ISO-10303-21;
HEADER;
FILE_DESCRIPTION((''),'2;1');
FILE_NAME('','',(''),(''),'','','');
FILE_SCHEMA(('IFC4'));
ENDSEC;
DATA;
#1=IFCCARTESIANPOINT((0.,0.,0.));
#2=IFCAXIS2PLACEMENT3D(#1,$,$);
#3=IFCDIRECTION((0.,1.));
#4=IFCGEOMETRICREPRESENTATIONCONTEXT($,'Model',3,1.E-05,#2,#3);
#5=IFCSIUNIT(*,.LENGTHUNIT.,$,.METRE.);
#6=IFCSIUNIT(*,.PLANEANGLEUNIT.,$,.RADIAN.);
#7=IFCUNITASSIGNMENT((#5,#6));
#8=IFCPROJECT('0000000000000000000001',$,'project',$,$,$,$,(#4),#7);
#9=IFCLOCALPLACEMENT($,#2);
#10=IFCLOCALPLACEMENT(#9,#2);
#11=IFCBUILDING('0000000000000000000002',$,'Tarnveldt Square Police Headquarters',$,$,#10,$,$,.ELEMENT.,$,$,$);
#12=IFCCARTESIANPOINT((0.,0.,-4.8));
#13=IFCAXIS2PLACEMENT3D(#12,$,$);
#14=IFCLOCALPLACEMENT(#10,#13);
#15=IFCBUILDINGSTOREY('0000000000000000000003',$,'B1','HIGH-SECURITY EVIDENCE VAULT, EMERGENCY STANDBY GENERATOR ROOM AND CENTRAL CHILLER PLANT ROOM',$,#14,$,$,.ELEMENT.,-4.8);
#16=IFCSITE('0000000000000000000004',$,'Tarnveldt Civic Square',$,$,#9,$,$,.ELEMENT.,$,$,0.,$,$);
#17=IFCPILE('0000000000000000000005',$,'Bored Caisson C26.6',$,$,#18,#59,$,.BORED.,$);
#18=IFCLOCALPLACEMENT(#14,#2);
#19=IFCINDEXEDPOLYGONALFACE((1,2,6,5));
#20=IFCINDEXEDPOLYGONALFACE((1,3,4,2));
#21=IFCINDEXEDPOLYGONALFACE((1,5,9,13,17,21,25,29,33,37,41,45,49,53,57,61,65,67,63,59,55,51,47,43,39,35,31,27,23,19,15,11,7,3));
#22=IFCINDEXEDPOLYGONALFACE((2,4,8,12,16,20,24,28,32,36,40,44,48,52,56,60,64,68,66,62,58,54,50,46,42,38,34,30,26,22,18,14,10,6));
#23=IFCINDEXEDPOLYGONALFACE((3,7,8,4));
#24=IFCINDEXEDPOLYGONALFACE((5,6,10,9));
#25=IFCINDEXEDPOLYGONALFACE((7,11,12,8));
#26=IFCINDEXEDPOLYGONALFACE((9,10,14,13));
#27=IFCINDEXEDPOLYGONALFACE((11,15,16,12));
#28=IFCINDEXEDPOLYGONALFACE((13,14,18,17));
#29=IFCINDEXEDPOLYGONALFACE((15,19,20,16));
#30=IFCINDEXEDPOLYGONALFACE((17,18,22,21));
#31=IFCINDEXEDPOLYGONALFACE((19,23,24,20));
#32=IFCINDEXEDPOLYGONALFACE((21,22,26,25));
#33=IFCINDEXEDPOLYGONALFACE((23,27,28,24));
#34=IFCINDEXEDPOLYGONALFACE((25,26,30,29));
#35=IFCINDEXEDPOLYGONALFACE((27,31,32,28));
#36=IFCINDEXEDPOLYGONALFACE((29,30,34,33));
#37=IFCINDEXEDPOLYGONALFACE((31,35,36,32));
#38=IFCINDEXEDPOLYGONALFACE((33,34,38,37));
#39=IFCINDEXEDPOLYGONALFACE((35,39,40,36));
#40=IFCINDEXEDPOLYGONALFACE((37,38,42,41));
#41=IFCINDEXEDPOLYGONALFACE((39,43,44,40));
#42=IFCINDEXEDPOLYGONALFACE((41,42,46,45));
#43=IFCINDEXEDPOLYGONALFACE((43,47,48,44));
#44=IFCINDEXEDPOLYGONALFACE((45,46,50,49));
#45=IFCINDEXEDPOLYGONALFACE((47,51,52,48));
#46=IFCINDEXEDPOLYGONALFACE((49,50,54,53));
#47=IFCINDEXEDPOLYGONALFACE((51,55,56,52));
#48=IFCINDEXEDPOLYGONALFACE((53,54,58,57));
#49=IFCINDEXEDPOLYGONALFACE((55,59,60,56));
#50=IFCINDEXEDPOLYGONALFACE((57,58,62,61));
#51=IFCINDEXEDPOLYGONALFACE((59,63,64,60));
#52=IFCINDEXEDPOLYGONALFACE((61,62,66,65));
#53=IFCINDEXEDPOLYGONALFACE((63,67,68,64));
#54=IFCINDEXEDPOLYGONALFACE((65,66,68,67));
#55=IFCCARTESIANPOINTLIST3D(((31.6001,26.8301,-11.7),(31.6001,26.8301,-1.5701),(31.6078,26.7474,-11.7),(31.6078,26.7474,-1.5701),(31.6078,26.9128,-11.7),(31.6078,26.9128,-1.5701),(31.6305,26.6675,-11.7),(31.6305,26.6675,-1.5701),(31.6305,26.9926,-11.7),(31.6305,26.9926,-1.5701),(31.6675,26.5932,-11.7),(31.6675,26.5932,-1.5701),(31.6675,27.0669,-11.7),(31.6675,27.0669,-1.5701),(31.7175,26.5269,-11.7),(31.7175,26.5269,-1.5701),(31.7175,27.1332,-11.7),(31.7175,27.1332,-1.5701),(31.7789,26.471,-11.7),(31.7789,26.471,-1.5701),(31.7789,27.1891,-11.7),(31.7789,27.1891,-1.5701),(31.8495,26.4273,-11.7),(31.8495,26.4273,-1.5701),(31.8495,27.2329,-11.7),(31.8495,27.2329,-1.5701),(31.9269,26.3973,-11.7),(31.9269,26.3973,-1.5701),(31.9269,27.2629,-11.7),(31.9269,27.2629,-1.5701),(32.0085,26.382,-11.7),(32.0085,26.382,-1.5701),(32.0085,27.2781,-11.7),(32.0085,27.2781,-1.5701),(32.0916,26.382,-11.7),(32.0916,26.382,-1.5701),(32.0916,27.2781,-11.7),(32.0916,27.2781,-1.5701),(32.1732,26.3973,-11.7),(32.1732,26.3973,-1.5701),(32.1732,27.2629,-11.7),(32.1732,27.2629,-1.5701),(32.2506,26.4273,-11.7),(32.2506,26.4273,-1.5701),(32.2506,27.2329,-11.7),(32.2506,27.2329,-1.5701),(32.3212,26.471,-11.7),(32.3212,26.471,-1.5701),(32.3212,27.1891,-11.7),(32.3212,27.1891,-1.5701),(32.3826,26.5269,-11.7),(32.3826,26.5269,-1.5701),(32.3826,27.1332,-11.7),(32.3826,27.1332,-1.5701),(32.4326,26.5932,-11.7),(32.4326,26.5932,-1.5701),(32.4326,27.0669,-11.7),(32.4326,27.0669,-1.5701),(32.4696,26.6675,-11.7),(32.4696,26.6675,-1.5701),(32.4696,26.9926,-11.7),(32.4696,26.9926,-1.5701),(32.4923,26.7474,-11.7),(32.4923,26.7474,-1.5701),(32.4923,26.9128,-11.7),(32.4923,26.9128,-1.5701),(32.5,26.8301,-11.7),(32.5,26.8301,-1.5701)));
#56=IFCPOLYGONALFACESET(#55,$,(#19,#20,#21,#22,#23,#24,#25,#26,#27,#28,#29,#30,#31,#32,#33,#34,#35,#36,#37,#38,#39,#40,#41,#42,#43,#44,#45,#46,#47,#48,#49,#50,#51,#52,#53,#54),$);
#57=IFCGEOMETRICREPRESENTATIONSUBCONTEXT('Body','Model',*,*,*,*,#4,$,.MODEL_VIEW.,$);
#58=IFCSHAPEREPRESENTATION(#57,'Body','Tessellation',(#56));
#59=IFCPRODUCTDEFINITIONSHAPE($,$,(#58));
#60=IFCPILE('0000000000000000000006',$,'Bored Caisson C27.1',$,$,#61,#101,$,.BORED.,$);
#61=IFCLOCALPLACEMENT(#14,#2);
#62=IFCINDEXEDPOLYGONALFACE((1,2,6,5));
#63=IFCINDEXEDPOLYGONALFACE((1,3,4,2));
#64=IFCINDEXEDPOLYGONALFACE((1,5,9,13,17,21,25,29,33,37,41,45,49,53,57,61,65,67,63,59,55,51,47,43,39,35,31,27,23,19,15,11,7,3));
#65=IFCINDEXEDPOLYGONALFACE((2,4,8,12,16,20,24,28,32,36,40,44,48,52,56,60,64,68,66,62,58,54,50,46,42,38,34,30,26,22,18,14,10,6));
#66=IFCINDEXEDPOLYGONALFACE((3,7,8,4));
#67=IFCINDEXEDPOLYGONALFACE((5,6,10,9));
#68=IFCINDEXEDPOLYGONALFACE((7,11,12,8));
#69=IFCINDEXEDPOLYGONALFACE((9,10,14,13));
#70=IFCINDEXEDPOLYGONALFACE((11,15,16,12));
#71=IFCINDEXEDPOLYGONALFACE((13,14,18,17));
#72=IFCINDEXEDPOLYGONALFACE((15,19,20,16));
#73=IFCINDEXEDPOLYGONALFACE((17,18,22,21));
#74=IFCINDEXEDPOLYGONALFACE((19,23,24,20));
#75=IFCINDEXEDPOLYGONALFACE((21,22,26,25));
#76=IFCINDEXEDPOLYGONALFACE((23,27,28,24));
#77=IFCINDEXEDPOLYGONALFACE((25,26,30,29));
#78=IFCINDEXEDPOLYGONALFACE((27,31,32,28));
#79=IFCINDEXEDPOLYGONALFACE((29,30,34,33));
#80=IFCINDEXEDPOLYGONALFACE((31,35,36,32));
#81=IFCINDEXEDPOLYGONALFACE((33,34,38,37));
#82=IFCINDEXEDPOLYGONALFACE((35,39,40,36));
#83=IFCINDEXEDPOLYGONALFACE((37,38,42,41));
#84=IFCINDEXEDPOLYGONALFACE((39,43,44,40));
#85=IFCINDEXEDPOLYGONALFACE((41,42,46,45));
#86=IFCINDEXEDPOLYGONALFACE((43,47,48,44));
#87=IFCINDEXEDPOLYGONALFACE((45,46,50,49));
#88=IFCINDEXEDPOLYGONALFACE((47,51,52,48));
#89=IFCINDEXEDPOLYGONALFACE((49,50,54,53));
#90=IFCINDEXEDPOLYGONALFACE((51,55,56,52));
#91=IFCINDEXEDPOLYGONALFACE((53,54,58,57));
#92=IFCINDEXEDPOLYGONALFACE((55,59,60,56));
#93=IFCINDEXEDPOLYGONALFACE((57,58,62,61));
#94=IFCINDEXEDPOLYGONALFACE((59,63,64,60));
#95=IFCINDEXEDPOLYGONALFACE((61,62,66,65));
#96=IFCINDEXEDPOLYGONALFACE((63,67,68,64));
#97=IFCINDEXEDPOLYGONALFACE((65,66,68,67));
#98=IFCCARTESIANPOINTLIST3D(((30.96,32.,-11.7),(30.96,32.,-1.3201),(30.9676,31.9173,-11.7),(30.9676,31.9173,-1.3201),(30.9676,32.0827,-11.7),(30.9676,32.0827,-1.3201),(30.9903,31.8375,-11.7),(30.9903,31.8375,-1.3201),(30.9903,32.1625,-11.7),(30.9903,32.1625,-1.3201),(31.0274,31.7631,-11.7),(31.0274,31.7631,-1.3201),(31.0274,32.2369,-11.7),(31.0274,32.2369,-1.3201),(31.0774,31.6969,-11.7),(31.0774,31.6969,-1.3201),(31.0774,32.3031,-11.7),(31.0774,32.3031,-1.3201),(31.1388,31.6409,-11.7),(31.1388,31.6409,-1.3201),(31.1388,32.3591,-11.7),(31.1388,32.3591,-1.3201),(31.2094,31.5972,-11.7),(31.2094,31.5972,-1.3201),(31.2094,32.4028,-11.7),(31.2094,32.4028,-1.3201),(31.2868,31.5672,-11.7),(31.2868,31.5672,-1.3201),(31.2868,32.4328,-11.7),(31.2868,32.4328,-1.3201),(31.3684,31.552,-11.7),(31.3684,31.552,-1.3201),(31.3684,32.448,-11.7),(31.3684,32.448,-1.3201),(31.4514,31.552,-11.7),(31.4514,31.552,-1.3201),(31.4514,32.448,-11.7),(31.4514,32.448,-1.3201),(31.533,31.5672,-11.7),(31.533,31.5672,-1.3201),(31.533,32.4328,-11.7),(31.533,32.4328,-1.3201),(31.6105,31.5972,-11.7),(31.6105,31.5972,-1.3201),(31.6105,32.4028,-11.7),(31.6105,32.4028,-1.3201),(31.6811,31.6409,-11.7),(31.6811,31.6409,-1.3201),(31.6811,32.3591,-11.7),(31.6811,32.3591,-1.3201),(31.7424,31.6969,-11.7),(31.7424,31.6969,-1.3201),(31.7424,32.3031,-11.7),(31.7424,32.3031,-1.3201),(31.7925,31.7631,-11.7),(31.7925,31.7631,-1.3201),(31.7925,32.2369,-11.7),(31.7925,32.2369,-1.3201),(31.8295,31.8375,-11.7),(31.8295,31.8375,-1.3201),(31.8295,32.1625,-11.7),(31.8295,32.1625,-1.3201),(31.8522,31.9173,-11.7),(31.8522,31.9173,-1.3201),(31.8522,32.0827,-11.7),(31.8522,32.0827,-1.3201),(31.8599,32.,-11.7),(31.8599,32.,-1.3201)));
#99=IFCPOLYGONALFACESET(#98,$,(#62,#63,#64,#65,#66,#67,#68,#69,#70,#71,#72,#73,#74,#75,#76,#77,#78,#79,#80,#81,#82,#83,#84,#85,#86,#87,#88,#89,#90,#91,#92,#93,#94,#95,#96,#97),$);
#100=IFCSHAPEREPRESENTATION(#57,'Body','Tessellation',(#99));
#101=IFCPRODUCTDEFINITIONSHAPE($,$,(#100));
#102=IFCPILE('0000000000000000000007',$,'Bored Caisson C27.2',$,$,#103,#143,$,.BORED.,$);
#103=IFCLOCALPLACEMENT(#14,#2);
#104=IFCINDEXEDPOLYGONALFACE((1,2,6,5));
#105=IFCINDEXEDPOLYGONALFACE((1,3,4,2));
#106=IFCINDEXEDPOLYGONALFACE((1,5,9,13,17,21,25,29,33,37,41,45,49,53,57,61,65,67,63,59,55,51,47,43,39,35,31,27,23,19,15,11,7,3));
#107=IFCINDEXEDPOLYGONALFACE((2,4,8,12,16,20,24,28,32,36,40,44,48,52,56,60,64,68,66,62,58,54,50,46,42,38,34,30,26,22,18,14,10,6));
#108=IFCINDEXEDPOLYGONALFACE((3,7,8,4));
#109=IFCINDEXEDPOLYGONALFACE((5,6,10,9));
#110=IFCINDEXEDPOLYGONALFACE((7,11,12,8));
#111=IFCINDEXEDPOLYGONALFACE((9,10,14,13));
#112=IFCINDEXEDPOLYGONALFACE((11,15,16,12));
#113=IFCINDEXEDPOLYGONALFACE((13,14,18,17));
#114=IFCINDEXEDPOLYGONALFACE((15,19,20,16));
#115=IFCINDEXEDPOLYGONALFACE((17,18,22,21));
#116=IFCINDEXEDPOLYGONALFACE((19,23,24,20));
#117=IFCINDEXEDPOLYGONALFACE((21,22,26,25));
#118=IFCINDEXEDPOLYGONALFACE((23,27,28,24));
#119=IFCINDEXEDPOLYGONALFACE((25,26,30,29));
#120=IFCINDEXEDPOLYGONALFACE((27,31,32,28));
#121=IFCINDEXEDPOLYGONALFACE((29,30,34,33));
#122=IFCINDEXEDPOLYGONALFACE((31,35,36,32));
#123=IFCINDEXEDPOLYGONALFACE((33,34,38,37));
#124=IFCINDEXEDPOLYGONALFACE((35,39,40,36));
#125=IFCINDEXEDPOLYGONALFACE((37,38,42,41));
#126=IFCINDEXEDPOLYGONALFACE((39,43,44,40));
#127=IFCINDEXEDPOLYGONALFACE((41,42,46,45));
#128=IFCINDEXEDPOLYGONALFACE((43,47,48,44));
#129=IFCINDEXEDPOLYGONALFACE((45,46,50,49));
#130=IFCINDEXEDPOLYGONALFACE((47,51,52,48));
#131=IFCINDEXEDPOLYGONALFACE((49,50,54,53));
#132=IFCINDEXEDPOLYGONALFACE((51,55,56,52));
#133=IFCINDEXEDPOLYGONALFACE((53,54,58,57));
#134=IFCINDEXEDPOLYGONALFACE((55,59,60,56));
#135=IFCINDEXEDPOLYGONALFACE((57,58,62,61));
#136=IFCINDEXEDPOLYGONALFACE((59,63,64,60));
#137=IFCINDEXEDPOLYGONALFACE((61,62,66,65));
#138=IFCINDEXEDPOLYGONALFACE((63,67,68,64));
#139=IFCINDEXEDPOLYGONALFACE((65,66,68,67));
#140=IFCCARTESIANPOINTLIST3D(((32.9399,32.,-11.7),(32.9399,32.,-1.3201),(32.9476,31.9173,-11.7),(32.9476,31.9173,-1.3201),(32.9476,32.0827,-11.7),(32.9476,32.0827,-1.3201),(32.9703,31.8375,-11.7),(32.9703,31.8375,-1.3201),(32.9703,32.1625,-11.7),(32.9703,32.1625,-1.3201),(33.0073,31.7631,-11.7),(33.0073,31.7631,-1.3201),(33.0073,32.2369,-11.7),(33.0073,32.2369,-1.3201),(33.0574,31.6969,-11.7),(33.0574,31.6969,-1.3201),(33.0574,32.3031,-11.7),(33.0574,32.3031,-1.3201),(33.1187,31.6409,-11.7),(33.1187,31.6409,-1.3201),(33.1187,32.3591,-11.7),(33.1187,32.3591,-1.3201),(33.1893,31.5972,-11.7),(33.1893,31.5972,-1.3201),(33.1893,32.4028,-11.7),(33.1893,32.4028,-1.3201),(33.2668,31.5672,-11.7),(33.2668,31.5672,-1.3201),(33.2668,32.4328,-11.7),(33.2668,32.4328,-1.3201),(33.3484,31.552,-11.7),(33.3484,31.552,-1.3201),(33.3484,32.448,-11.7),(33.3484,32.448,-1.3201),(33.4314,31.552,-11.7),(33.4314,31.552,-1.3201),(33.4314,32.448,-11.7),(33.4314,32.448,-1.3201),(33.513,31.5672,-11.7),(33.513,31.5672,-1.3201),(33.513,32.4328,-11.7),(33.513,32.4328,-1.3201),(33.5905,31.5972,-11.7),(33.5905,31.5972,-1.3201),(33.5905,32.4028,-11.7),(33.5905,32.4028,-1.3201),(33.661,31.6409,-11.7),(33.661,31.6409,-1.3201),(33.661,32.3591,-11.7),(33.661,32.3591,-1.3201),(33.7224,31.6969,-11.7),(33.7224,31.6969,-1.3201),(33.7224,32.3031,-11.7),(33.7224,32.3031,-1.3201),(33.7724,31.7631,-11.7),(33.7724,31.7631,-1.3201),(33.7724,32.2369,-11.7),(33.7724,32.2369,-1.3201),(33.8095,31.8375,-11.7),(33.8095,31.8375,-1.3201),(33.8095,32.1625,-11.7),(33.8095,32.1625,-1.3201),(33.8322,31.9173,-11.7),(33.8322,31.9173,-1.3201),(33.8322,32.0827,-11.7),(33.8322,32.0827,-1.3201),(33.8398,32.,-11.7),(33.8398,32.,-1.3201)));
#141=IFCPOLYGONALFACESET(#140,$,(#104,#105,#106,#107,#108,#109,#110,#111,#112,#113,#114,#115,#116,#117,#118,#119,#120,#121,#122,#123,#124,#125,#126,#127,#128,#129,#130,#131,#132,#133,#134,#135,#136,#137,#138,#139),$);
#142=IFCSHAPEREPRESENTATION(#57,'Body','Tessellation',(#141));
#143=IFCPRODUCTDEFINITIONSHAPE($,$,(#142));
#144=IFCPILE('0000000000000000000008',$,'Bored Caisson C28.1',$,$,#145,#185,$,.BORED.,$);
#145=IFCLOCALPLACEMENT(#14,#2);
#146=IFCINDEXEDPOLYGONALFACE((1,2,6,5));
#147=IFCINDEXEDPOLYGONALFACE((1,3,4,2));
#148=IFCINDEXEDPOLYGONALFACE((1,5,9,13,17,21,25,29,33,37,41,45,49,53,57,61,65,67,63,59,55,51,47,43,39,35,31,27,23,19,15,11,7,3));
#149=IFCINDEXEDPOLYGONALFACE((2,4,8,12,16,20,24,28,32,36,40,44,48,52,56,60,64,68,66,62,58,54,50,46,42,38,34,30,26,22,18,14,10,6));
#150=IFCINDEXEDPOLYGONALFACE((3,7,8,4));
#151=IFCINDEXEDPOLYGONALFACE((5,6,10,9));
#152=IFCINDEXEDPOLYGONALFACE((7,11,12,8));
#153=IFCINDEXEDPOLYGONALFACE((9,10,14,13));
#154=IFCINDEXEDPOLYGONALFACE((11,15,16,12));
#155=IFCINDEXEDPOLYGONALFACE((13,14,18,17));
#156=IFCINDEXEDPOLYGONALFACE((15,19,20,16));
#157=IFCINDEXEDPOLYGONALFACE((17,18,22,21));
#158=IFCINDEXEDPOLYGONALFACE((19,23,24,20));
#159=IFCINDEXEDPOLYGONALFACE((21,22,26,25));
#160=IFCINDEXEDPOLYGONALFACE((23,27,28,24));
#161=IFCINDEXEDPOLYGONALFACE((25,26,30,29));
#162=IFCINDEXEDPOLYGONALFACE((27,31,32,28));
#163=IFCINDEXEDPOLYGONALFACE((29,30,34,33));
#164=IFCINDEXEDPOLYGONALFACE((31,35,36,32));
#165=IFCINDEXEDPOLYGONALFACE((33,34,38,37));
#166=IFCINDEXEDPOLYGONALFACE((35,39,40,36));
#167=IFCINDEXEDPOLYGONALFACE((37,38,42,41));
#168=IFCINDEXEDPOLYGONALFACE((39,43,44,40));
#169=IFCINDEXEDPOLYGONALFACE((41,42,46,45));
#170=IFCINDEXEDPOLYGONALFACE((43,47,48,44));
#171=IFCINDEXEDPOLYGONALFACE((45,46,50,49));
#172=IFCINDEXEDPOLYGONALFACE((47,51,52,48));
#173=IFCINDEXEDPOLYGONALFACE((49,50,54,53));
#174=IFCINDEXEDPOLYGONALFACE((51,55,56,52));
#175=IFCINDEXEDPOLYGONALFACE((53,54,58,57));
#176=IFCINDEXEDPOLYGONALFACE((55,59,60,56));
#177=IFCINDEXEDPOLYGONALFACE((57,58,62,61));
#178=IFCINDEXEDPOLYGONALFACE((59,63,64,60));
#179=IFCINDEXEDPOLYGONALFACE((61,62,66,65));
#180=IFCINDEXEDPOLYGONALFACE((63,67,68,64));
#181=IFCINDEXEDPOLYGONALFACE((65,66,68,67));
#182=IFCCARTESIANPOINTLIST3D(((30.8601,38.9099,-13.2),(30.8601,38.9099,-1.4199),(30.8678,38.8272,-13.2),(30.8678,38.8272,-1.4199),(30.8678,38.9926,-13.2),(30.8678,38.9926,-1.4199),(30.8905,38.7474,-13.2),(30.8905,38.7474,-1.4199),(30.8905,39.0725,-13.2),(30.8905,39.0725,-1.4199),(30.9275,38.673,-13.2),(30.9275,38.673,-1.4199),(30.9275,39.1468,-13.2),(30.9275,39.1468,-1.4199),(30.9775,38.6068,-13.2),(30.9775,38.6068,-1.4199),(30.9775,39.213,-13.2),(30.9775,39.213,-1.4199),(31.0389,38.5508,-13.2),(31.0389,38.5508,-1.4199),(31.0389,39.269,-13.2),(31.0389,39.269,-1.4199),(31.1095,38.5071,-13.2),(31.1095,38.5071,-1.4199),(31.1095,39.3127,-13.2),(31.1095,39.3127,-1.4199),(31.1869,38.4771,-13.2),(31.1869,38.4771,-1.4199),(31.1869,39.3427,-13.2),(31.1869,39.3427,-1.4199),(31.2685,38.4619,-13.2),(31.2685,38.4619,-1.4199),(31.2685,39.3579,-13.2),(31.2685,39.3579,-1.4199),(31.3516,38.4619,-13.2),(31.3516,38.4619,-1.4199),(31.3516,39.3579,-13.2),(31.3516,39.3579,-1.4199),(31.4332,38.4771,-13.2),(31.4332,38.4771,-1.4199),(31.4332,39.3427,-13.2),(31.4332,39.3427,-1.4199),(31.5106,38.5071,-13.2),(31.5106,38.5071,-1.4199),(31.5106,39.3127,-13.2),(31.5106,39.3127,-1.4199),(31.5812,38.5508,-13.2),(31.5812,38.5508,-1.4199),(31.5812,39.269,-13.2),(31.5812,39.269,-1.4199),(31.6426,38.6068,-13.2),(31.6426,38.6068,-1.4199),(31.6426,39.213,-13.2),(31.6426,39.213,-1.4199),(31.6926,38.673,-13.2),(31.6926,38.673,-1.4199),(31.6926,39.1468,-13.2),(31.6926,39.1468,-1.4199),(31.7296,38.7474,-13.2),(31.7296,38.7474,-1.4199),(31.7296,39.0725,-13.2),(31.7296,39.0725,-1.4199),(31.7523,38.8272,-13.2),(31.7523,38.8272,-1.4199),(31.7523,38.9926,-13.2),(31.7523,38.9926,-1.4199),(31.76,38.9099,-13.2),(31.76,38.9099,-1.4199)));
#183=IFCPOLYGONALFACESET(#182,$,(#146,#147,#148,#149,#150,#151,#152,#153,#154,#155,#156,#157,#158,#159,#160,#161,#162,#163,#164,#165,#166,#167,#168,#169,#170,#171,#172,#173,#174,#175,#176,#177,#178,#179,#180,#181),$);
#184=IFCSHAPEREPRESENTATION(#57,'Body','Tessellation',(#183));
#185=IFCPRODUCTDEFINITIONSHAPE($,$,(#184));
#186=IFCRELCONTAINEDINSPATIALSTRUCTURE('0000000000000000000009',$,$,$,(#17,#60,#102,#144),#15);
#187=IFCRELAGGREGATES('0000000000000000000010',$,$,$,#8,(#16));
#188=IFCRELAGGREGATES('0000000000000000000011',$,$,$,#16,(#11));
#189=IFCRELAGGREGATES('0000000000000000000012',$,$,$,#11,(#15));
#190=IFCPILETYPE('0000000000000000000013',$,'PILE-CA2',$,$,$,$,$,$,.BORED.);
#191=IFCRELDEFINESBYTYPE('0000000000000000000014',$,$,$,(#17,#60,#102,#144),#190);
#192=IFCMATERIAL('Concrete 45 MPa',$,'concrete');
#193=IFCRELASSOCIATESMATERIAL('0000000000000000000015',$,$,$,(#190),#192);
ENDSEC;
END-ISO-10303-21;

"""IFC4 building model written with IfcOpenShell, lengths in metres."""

from ifc_helpers import new_model, si_unit, direction, frame, origin, origin_2d, place, context, subcontext, project, spatial, circle, extrude, material, material_profile, profile_set, type_object, element, save


model = new_model("IFC4")

# Units and contexts
model_context = context("Model", 3, precision=1e-05, world=origin(), true_north=direction((0.0, 1.0)))
body_context = subcontext(model_context, "Body", "Model", "MODEL_VIEW")
ifc_project = project(units=[si_unit("LENGTHUNIT", "METRE"), si_unit("PLANEANGLEUNIT", "RADIAN")], contexts=[model_context])

# Site, building, storey
site_placement = place(None, origin())
site = spatial("IfcSite", under=ifc_project, at=site_placement, Name="Tarnveldt Civic Square", CompositionType="ELEMENT", RefElevation=0.0)
building_placement = place(site_placement, origin())
building = spatial("IfcBuilding", under=site, at=building_placement, Name="Tarnveldt Square Police Headquarters", CompositionType="ELEMENT")
storey_placement = place(building_placement, frame((0.0, 0.0, -4.8)))
storey = spatial("IfcBuildingStorey", under=building, at=storey_placement, Name="B1", Description="HIGH-SECURITY EVIDENCE VAULT, EMERGENCY STANDBY GENERATOR ROOM AND CENTRAL CHILLER PLANT ROOM", CompositionType="ELEMENT", Elevation=-4.8)

# Shared definitions
ifc_material_1 = material(Name="Concrete 45 MPa", Category="concrete")

# Piles
ifc_material_profile_1 = material_profile(ifc_material_1, circle(Radius=0.45, at=origin_2d()), Name="CAISSON-D900")
ifc_profile_set_1 = profile_set([ifc_material_profile_1], Name="Concrete 45 MPa")
pile_type_1 = type_object("IfcPileType", Name="PILE-CA2", PredefinedType="BORED", material=ifc_profile_set_1)
for number, where, z_axis, x_axis, name in (
    (1, (32.05, 26.8301, -1.5701), (0.0, 0.0, -1.0), (1.0, 0.0, 0.0), "Bored Caisson C26.6"),
):
    element("IfcPile", number, at=place(storey_placement, frame(where, z_axis=z_axis, x_axis=x_axis)), inside=storey, type_object=pile_type_1, Name=name, PredefinedType="BORED", context=body_context, shape_type="SweptSolid", body=[
        extrude(circle(Radius=0.45, at=origin_2d()), origin(), (0.0, 0.0, 1.0), 10.1299),
    ])
for number, where, z_axis, x_axis, name in (
    (2, (31.4099, 32.0, -1.3201), (0.0, 0.0, -1.0), (1.0, 0.0, 0.0), "Bored Caisson C27.1"),
    (3, (33.3899, 32.0, -1.3201), (0.0, 0.0, -1.0), (1.0, 0.0, 0.0), "Bored Caisson C27.2"),
):
    element("IfcPile", number, at=place(storey_placement, frame(where, z_axis=z_axis, x_axis=x_axis)), inside=storey, type_object=pile_type_1, Name=name, PredefinedType="BORED", context=body_context, shape_type="SweptSolid", body=[
        extrude(circle(Radius=0.45, at=origin_2d()), origin(), (0.0, 0.0, 1.0), 10.3799),
    ])
pile_placement = place(storey_placement, frame((31.3101, 38.9099, -1.4199), z_axis=(0.0, 0.0, -1.0), x_axis=(1.0, 0.0, 0.0)))
element("IfcPile", 4, at=pile_placement, inside=storey, type_object=pile_type_1, Name="Bored Caisson C28.1", PredefinedType="BORED", context=body_context, shape_type="SweptSolid", body=[
    extrude(circle(Radius=0.45, at=origin_2d()), origin(), (0.0, 0.0, 1.0), 11.78),
])

save(model, "model.ifc")
